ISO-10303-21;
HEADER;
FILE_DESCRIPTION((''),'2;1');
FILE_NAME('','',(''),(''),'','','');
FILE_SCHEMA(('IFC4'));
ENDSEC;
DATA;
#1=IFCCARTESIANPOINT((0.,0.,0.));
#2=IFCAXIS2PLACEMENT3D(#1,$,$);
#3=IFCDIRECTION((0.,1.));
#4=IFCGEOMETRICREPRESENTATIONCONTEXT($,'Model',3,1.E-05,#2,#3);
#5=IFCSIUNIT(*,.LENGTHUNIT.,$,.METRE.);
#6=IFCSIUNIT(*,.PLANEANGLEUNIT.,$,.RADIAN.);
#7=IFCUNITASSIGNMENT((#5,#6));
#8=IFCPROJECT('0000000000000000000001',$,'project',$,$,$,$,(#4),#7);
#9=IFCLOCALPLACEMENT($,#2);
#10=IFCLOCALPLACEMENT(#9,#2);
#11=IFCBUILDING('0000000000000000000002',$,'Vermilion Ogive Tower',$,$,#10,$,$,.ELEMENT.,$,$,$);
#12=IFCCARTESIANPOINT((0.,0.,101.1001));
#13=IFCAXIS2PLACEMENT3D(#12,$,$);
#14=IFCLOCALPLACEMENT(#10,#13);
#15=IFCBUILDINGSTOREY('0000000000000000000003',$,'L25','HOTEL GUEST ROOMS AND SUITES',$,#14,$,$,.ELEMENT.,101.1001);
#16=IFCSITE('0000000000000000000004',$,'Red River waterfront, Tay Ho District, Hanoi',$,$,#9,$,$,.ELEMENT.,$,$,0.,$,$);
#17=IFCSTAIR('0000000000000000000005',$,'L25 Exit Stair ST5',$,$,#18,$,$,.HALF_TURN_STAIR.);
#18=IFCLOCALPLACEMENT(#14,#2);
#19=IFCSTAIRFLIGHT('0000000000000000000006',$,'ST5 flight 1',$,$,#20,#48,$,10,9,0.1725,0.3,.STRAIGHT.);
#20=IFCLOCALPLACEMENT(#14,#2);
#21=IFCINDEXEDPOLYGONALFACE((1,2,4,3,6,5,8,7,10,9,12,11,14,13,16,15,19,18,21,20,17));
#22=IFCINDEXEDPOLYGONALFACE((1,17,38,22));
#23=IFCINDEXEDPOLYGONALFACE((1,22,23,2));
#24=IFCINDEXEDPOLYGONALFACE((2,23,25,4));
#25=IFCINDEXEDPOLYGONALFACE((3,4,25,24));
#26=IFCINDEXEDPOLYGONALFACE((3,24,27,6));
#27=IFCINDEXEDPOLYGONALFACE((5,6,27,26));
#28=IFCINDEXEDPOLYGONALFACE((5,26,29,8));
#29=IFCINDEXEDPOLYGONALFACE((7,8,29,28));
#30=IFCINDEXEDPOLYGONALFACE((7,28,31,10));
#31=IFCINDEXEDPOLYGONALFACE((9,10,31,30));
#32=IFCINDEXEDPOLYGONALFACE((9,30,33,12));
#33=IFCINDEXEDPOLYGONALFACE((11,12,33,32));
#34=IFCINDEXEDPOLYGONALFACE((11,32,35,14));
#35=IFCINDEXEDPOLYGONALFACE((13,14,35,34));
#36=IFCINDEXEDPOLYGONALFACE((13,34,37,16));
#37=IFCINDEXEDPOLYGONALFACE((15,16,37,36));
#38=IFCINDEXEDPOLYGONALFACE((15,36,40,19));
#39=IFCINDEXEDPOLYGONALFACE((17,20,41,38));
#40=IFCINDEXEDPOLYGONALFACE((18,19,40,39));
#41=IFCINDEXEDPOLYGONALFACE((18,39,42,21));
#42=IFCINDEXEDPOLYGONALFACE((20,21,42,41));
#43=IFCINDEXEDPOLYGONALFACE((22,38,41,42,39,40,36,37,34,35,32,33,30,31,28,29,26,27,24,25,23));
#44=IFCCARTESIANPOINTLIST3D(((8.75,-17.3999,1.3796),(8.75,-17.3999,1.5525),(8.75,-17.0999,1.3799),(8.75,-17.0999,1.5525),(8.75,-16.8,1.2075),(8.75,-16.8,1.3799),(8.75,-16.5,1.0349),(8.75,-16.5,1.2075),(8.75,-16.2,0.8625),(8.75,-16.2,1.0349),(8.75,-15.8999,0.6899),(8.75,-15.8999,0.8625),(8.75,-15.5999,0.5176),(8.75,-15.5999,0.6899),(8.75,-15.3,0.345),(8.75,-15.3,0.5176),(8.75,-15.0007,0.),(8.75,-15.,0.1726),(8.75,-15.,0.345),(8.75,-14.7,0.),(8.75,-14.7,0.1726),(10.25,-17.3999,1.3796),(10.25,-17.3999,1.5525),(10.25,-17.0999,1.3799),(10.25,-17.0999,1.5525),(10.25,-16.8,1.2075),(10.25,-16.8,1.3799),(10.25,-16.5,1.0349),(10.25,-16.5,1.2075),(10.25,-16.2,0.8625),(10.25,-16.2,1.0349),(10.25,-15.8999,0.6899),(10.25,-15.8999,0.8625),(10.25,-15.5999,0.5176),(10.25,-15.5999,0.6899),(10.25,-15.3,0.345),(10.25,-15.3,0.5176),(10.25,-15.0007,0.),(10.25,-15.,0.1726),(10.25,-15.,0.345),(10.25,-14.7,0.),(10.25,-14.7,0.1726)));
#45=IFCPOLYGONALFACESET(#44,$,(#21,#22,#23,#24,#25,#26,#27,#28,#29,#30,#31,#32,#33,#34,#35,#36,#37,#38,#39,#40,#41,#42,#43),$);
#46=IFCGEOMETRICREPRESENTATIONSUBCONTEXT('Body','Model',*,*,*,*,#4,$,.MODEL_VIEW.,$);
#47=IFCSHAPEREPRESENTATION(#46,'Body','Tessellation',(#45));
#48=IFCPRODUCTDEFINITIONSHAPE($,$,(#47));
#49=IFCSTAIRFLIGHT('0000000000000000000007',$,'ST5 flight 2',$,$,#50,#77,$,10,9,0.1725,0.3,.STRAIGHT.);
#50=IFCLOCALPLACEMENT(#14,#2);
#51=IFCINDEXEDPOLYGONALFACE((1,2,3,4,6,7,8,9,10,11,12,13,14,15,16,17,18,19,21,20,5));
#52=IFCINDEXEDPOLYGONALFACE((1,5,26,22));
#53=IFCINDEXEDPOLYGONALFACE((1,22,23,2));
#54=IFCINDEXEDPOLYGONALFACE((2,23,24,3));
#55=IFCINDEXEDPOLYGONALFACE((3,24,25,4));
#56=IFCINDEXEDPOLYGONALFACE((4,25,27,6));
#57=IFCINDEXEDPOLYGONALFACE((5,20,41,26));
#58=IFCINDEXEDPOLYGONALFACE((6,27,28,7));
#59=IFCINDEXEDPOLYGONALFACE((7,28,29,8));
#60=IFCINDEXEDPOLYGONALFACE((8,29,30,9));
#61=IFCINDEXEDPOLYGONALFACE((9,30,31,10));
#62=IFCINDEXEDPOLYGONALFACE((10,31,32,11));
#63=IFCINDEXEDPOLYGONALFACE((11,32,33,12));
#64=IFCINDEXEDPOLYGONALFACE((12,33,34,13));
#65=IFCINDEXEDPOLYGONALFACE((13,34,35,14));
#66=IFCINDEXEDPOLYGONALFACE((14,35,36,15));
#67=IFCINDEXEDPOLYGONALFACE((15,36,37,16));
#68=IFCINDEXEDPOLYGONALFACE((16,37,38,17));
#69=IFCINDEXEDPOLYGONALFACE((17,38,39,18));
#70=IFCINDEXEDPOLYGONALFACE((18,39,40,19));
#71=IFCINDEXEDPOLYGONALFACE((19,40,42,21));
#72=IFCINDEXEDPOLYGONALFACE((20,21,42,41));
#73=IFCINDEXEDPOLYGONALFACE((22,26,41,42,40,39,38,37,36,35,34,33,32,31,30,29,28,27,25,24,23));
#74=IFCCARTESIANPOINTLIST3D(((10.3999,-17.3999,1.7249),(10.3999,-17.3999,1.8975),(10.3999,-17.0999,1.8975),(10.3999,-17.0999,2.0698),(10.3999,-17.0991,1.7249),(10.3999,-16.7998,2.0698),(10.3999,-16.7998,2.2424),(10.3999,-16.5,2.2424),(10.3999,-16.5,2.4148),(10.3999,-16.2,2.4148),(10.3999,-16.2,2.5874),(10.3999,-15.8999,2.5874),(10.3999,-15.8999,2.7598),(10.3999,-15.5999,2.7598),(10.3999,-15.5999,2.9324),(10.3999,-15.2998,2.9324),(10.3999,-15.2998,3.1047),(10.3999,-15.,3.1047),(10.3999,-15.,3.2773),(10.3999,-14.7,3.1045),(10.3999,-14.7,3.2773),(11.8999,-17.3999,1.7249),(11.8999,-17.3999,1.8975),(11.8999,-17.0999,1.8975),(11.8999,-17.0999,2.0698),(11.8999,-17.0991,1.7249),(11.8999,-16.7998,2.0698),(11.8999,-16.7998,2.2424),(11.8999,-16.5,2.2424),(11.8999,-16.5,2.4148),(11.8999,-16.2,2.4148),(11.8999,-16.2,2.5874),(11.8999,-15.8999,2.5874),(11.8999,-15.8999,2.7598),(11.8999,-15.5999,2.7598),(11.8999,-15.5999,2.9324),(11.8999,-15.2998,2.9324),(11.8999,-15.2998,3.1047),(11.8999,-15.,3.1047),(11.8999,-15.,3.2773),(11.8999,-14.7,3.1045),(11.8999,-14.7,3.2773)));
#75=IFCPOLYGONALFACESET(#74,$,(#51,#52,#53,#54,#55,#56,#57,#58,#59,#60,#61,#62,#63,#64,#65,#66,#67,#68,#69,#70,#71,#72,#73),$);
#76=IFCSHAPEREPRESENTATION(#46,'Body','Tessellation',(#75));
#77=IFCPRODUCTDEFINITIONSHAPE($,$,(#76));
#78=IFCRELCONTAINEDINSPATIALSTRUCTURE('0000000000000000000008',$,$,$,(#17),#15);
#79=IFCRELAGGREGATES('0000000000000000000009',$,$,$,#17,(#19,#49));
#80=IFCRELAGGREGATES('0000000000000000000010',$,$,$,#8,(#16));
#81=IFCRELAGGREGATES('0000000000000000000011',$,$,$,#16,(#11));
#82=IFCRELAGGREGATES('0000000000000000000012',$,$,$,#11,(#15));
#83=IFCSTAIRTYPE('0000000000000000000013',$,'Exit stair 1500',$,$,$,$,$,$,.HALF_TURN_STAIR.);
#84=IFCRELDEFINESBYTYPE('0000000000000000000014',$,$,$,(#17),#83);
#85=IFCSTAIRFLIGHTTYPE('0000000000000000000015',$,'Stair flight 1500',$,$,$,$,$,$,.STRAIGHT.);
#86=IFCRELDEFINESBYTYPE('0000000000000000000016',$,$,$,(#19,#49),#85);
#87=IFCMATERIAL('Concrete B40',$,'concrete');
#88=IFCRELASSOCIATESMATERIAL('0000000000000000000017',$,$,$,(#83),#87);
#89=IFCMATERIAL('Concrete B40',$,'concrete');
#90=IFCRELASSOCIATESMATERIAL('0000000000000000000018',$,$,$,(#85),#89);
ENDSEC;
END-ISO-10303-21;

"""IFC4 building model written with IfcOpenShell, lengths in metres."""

from ifc_helpers import new_model, si_unit, direction, frame, origin, place, context, subcontext, project, spatial, polyline, outline, extrude, material, type_object, element, aggregate, save


model = new_model("IFC4")

# Units and contexts
model_context = context("Model", 3, precision=1e-05, world=origin(), true_north=direction((0.0, 1.0)))
body_context = subcontext(model_context, "Body", "Model", "MODEL_VIEW")
ifc_project = project(units=[si_unit("LENGTHUNIT", "METRE"), si_unit("PLANEANGLEUNIT", "RADIAN")], contexts=[model_context])

# Site, building, storey
site_placement = place(None, origin())
site = spatial("IfcSite", under=ifc_project, at=site_placement, Name="Red River waterfront, Tay Ho District, Hanoi", CompositionType="ELEMENT", RefElevation=0.0)
building_placement = place(site_placement, origin())
building = spatial("IfcBuilding", under=site, at=building_placement, Name="Vermilion Ogive Tower", CompositionType="ELEMENT")
storey_placement = place(building_placement, frame((0.0, 0.0, 101.1001)))
storey = spatial("IfcBuildingStorey", under=building, at=storey_placement, Name="L25", Description="HOTEL GUEST ROOMS AND SUITES", CompositionType="ELEMENT", Elevation=101.1001)

# Stair, stair flights
ifc_material_1 = material(Name="Concrete B40", Category="concrete")
stair_type = type_object("IfcStairType", Name="Exit stair 1500", PredefinedType="HALF_TURN_STAIR", material=ifc_material_1)
stair_placement = place(storey_placement, origin())
stair = element("IfcStair", 1, at=stair_placement, inside=storey, type_object=stair_type, Name="L25 Exit Stair ST5", PredefinedType="HALF_TURN_STAIR")
ifc_material_2 = material(Name="Concrete B40", Category="concrete")
stair_flight_type = type_object("IfcStairFlightType", Name="Stair flight 1500", PredefinedType="STRAIGHT", material=ifc_material_2)
stair_flight_1_placement = place(storey_placement, frame((9.5, -14.7, 0.0), z_axis=(0.0, 0.0, 1.0), x_axis=(0.0, -1.0, 0.0)))
stair_flight_1 = element("IfcStairFlight", 2, at=stair_flight_1_placement, type_object=stair_flight_type, Name="ST5 flight 1", NumberOfRisers=10, NumberOfTreads=9, PredefinedType="STRAIGHT", RiserHeight=0.1725, TreadLength=0.3, context=body_context, shape_type="SweptSolid", body=[
    extrude(outline(polyline([(0.0, 0.0), (0.0, 0.1726), (0.3, 0.1726), (0.3, 0.345), (0.6001, 0.345), (0.6001, 0.5176), (0.8999, 0.5176), (0.8999, 0.6899), (1.2, 0.6899), (1.2, 0.8625), (1.5, 0.8625), (1.5, 1.0349), (1.8, 1.0349), (1.8, 1.2075), (2.1001, 1.2075), (2.1001, 1.3799), (2.3999, 1.3799), (2.3999, 1.5525), (2.7, 1.5525), (2.7, 1.7251), (2.7, 1.3796), (0.3008, 0.0), (0.0, 0.0)])), frame((0.0, 0.75, 0.0), z_axis=(0.0, -1.0, 0.0), x_axis=(1.0, 0.0, 0.0)), (0.0, 0.0, 1.0), 1.5),
])
stair_flight_2_placement = place(storey_placement, frame((11.1499, -17.3999, 1.7249), z_axis=(0.0, 0.0, 1.0), x_axis=(0.0, 1.0, 0.0)))
stair_flight_2 = element("IfcStairFlight", 3, at=stair_flight_2_placement, type_object=stair_flight_type, Name="ST5 flight 2", NumberOfRisers=10, NumberOfTreads=9, PredefinedType="STRAIGHT", RiserHeight=0.1725, TreadLength=0.3, context=body_context, shape_type="SweptSolid", body=[
    extrude(outline(polyline([(0.0, 0.0), (0.0, 0.1726), (0.3, 0.1726), (0.3, 0.345), (0.6001, 0.345), (0.6001, 0.5176), (0.8999, 0.5176), (0.8999, 0.6899), (1.2, 0.6899), (1.2, 0.8625), (1.5, 0.8625), (1.5, 1.0349), (1.8, 1.0349), (1.8, 1.2075), (2.1001, 1.2075), (2.1001, 1.3799), (2.3999, 1.3799), (2.3999, 1.5525), (2.7, 1.5525), (2.7, 1.7251), (2.7, 1.3796), (0.3008, 0.0), (0.0, 0.0)])), frame((0.0, 0.75, 0.0), z_axis=(0.0, -1.0, 0.0), x_axis=(1.0, 0.0, 0.0)), (0.0, 0.0, 1.0), 1.5),
])
aggregate(stair, [stair_flight_1, stair_flight_2])

save(model, "model.ifc")
